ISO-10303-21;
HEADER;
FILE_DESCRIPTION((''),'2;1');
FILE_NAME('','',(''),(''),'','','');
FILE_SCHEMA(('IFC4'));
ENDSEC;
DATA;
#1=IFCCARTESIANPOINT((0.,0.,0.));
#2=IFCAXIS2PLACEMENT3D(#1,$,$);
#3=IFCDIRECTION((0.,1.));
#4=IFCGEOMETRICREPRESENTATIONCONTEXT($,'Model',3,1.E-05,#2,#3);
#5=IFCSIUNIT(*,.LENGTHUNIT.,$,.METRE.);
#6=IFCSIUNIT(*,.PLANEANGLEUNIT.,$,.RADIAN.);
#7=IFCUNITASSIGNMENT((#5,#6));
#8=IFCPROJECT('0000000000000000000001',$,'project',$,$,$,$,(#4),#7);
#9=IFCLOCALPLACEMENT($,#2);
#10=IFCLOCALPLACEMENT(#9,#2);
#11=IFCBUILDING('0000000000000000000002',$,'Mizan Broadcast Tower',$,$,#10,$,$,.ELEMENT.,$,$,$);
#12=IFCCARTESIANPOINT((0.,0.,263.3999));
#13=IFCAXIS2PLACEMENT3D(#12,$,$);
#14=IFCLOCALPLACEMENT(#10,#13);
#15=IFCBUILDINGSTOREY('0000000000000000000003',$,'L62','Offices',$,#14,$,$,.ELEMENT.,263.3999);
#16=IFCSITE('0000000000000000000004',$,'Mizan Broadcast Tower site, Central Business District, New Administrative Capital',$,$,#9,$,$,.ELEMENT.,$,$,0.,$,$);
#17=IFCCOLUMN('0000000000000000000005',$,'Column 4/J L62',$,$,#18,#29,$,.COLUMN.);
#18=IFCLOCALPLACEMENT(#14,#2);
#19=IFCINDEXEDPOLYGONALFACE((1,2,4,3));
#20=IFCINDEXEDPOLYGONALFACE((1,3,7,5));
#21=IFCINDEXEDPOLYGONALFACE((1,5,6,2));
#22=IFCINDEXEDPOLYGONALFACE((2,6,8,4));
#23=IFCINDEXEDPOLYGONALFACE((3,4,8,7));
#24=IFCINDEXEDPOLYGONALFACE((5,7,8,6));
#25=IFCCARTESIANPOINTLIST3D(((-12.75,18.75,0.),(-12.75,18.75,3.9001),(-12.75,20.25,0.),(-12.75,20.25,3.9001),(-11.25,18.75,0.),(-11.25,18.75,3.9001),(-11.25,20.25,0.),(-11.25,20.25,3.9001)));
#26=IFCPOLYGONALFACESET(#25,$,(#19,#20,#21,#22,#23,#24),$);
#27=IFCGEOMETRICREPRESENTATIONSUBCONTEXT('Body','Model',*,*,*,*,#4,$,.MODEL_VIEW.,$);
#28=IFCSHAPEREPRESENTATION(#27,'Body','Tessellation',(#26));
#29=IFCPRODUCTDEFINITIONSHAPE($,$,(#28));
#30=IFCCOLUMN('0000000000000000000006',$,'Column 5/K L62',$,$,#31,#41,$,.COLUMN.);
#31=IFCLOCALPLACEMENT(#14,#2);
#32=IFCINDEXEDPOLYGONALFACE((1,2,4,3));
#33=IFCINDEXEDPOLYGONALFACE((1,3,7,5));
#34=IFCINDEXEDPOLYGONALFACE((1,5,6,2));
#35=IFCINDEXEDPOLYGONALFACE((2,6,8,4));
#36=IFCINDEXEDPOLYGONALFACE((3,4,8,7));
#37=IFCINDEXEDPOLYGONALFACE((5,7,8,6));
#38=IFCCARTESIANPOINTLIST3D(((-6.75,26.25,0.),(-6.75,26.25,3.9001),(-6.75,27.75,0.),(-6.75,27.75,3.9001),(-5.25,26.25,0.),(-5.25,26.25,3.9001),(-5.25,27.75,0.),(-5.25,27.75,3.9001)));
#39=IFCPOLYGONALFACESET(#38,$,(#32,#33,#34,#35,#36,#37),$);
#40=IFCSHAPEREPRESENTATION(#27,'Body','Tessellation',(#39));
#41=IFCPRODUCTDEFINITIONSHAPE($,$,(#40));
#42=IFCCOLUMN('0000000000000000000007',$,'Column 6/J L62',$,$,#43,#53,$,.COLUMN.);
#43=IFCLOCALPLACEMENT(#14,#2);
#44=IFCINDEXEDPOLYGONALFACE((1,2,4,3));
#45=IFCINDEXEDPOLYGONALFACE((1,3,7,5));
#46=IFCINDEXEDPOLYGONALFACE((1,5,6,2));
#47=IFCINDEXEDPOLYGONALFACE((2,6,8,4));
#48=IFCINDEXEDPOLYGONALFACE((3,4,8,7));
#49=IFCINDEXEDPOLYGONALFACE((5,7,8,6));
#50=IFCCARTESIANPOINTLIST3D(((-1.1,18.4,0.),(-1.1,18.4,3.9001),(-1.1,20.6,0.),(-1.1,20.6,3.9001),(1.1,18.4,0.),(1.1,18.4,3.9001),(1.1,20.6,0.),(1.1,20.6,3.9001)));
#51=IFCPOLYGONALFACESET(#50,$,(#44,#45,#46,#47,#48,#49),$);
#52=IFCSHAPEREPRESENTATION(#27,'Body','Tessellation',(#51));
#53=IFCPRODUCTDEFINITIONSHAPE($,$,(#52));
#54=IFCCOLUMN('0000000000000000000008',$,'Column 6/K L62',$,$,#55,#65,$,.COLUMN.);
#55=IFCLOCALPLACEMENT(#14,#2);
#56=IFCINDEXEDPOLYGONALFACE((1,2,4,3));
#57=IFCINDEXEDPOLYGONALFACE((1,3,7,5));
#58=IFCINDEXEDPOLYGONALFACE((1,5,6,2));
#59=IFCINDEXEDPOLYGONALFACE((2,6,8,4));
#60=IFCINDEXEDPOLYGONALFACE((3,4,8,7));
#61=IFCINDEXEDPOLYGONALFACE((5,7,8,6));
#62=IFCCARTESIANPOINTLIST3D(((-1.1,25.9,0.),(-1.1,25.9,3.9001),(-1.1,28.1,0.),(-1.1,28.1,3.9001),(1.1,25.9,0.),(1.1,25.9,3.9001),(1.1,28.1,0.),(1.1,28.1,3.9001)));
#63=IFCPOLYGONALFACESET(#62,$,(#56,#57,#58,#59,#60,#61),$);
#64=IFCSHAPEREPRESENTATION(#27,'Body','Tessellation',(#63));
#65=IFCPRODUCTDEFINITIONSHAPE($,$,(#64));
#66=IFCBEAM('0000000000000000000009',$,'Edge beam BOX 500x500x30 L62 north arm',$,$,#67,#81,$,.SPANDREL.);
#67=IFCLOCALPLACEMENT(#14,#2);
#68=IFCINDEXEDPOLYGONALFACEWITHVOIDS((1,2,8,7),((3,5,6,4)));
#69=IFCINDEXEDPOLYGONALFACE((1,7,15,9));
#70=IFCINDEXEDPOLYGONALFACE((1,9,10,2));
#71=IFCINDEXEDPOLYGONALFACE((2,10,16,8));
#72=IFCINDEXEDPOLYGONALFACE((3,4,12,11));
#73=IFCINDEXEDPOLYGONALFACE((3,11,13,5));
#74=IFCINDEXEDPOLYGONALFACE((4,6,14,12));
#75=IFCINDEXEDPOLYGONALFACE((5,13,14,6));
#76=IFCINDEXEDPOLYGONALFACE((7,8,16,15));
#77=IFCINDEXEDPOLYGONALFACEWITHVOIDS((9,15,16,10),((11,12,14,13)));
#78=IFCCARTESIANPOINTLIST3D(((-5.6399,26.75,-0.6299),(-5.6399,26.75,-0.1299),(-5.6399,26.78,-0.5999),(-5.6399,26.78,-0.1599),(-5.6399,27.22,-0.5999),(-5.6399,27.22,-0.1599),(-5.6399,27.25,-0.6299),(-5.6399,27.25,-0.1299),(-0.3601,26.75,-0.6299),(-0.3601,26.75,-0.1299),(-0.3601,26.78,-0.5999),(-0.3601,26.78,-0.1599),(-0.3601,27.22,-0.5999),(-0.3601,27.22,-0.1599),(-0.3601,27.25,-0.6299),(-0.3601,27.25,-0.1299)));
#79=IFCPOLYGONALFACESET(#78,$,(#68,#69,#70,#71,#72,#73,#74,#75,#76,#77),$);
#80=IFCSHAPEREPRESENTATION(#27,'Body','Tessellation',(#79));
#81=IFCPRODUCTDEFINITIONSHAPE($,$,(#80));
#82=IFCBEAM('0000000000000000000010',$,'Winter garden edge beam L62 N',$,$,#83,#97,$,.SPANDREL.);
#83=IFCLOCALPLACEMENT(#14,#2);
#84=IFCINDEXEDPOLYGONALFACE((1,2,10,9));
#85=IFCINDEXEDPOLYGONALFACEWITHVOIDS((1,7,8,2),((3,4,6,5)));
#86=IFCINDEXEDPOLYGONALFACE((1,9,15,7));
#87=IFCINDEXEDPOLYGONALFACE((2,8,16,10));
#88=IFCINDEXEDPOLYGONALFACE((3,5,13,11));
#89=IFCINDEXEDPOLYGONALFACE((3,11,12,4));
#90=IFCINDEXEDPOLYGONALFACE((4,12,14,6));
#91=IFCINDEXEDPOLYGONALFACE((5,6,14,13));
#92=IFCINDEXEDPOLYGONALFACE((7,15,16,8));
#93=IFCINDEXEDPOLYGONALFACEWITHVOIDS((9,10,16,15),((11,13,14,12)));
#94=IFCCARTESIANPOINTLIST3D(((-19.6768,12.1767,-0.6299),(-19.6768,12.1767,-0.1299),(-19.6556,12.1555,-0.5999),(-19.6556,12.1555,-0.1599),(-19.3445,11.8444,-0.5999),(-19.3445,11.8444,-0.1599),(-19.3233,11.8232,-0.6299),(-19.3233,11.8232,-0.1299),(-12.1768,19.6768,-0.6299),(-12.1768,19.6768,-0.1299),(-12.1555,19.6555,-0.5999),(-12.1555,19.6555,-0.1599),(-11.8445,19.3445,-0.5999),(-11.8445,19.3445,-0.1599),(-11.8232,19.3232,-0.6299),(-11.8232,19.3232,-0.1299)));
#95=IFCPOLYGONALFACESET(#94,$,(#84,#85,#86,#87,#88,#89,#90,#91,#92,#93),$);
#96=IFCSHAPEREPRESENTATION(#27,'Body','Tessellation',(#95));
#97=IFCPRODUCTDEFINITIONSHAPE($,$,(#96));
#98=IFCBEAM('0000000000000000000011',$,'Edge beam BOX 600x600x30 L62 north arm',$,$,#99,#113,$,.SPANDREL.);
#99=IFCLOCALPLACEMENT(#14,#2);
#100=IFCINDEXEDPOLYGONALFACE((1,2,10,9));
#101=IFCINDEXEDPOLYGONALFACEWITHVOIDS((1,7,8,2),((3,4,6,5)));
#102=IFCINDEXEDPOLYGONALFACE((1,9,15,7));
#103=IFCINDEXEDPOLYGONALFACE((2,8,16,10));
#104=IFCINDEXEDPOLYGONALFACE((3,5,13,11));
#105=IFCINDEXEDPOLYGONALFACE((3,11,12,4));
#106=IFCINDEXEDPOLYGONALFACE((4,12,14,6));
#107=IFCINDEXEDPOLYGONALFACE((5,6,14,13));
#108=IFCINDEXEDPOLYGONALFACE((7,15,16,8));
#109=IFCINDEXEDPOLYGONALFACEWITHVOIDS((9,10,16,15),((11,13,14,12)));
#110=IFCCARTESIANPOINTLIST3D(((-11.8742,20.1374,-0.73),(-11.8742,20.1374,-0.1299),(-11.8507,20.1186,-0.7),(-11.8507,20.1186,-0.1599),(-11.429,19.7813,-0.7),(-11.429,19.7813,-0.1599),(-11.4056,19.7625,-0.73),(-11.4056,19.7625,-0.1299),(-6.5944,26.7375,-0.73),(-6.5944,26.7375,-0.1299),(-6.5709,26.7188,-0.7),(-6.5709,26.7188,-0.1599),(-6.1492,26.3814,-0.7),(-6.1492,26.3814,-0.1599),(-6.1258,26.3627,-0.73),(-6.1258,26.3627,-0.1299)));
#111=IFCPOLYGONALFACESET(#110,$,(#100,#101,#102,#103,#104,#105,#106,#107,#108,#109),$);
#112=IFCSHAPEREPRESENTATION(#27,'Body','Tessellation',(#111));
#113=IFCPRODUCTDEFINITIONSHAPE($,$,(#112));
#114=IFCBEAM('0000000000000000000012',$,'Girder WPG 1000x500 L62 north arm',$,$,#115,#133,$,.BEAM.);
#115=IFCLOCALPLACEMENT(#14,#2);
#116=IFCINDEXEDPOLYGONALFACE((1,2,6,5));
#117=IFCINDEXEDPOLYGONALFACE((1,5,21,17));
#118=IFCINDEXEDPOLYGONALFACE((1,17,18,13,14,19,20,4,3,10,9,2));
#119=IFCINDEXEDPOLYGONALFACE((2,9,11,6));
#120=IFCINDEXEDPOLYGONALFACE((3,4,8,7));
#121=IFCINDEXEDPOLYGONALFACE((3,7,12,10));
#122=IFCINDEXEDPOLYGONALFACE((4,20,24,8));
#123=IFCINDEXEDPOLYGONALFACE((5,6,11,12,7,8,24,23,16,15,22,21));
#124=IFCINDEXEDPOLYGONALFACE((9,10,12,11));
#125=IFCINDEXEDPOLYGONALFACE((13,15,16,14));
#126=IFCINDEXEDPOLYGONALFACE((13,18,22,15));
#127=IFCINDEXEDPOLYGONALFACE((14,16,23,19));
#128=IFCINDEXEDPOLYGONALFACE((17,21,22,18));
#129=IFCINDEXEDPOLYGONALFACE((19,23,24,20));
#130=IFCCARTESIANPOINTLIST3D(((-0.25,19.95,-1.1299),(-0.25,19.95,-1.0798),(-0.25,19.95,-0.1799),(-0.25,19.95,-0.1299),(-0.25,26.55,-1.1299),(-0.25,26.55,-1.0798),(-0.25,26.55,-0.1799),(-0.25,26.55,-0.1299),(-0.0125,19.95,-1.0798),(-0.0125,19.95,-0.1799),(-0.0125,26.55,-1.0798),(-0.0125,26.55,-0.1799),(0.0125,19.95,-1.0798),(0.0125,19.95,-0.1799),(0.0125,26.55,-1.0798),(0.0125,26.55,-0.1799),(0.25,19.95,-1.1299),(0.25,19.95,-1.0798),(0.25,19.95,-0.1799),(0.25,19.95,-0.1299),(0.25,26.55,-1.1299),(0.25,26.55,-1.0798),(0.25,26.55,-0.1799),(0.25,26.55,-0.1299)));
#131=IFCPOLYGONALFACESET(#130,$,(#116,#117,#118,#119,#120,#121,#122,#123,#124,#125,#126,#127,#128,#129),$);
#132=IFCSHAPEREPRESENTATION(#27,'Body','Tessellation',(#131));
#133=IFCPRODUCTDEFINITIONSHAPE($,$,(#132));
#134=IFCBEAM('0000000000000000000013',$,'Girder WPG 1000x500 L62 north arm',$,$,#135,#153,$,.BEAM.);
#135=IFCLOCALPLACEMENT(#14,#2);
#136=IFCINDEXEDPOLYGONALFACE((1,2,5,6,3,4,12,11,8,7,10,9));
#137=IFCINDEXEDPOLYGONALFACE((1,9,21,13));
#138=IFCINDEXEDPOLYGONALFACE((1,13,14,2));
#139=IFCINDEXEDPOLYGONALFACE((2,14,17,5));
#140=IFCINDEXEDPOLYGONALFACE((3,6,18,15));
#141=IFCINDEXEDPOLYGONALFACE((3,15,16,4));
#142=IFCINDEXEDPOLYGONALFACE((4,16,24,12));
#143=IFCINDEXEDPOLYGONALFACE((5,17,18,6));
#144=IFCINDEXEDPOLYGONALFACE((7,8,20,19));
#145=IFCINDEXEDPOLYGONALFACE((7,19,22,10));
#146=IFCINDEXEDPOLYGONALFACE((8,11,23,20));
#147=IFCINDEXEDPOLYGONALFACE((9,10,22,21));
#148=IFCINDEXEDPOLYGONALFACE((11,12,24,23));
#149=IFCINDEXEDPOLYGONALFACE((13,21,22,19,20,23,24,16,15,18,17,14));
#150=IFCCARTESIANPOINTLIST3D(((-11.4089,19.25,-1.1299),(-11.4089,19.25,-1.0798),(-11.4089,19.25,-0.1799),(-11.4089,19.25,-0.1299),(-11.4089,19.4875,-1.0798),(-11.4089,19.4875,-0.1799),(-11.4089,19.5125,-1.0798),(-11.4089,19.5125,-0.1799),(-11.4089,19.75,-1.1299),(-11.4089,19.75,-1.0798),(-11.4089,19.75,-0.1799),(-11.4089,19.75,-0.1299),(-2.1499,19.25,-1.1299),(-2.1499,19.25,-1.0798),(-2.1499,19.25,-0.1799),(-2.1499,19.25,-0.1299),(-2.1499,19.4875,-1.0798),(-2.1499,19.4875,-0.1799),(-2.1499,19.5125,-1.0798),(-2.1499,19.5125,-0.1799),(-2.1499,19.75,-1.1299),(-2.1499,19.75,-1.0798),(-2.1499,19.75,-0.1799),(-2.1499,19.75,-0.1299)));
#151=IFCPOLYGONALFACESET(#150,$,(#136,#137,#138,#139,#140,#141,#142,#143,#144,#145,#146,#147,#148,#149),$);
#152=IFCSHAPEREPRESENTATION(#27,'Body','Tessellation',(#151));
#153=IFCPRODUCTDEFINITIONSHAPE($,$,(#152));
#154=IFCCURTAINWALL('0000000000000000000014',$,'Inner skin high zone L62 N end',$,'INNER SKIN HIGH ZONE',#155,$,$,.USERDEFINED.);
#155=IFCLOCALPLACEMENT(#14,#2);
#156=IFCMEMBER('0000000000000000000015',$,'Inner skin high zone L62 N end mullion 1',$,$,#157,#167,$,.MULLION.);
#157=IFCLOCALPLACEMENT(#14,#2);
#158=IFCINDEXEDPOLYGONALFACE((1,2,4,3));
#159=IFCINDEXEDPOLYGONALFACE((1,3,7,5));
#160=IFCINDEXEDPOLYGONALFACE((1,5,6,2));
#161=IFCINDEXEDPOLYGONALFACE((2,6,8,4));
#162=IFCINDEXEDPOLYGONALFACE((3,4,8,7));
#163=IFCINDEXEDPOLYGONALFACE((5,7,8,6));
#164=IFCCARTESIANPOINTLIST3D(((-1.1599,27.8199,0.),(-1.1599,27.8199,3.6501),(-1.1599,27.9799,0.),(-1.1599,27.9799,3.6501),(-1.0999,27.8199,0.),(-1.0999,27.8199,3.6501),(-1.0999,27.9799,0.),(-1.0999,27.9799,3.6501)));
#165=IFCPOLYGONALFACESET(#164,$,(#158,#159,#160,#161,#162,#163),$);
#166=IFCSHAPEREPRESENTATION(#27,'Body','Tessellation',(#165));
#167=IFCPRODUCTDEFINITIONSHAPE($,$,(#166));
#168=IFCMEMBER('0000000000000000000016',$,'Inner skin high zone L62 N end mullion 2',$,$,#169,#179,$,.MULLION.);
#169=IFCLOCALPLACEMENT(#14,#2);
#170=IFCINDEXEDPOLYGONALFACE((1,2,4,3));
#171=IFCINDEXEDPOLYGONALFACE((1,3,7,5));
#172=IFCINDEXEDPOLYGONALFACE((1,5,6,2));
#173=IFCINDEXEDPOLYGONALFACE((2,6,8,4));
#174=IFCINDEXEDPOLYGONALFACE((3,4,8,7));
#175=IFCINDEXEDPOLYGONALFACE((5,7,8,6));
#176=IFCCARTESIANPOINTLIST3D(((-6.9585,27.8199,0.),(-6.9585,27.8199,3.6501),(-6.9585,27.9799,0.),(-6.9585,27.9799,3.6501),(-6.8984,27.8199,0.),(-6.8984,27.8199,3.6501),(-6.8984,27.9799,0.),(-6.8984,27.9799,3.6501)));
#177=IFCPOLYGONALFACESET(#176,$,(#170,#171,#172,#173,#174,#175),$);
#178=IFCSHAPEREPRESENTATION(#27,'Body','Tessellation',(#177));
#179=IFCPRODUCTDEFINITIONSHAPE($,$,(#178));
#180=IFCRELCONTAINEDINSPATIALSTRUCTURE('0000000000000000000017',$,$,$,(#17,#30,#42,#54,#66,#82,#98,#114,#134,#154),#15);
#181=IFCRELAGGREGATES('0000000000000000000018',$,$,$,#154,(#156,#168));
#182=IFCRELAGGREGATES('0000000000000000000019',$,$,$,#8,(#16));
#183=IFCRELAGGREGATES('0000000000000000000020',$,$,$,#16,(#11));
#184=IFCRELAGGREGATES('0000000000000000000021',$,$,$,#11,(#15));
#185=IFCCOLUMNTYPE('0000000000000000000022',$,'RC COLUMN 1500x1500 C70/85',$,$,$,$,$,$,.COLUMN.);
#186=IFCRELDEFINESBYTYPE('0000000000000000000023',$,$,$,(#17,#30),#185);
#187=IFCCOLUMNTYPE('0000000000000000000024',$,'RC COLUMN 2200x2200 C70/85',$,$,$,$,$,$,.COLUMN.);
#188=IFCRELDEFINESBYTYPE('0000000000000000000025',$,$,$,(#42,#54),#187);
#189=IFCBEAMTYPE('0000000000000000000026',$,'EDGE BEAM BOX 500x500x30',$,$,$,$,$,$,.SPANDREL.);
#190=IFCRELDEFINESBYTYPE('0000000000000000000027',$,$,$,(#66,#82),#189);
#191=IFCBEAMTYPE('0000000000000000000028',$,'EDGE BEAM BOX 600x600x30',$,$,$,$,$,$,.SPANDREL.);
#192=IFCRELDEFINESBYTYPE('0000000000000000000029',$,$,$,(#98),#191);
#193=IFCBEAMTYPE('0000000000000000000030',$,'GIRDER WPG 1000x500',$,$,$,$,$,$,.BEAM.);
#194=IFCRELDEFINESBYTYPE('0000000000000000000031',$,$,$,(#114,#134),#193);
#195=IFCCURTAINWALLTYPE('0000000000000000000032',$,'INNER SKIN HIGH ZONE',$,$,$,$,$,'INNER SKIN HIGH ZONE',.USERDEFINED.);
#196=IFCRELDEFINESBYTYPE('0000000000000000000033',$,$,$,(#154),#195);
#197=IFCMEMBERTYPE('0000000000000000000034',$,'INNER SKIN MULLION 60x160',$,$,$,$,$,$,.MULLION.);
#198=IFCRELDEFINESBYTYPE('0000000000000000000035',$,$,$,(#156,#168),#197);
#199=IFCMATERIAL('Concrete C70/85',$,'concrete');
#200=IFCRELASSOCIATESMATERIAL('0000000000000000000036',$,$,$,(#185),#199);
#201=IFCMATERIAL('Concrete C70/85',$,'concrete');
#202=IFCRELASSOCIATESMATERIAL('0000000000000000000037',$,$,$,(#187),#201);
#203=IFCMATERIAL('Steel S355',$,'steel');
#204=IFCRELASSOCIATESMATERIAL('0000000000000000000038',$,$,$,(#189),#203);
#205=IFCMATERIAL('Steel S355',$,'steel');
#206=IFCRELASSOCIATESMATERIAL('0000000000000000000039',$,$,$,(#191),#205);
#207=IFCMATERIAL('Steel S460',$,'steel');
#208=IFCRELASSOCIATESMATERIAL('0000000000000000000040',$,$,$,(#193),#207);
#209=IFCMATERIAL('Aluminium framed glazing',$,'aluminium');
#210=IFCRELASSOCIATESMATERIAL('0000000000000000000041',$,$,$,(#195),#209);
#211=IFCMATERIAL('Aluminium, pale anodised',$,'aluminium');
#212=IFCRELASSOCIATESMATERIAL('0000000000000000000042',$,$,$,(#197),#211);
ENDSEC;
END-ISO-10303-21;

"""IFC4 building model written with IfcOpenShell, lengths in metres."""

from ifc_helpers import new_model, si_unit, direction, frame, origin, origin_2d, place, context, subcontext, project, spatial, rectangle, hollow_rectangle, i_section, extrude, material, material_profile, profile_set, type_object, element, aggregate, save


model = new_model("IFC4")

# Units and contexts
model_context = context("Model", 3, precision=1e-05, world=origin(), true_north=direction((0.0, 1.0)))
body_context = subcontext(model_context, "Body", "Model", "MODEL_VIEW")
ifc_project = project(units=[si_unit("LENGTHUNIT", "METRE"), si_unit("PLANEANGLEUNIT", "RADIAN")], contexts=[model_context])

# Site, building, storey
site_placement = place(None, origin())
site = spatial("IfcSite", under=ifc_project, at=site_placement, Name="Mizan Broadcast Tower site, Central Business District, New Administrative Capital", CompositionType="ELEMENT", RefElevation=0.0)
building_placement = place(site_placement, origin())
building = spatial("IfcBuilding", under=site, at=building_placement, Name="Mizan Broadcast Tower", CompositionType="ELEMENT")
storey_placement = place(building_placement, frame((0.0, 0.0, 263.3999)))
storey = spatial("IfcBuildingStorey", under=building, at=storey_placement, Name="L62", Description="Offices", CompositionType="ELEMENT", Elevation=263.3999)

# Columns
ifc_material_1 = material(Name="Concrete C70/85", Category="concrete")
ifc_material_profile_1 = material_profile(ifc_material_1, rectangle(XDim=1.5, YDim=1.5, at=origin_2d()), Name="RC 1500x1500")
ifc_profile_set_1 = profile_set([ifc_material_profile_1], Name="Concrete C70/85")
column_type_1 = type_object("IfcColumnType", Name="RC COLUMN 1500x1500 C70/85", PredefinedType="COLUMN", material=ifc_profile_set_1)
for number, where, z_axis, x_axis, name in (
    (1, (-12.0, 19.5, 0.0), (0.0, 0.0, 1.0), (1.0, 0.0, 0.0), "Column 4/J L62"),
    (2, (-6.0, 27.0, 0.0), (0.0, 0.0, 1.0), (1.0, 0.0, 0.0), "Column 5/K L62"),
):
    element("IfcColumn", number, at=place(storey_placement, frame(where, z_axis=z_axis, x_axis=x_axis)), inside=storey, type_object=column_type_1, Name=name, PredefinedType="COLUMN", context=body_context, shape_type="SweptSolid", body=[
        extrude(rectangle(XDim=1.5, YDim=1.5, at=origin_2d()), origin(), (0.0, 0.0, 1.0), 3.9001),
    ])
ifc_material_2 = material(Name="Concrete C70/85", Category="concrete")
ifc_material_profile_2 = material_profile(ifc_material_2, rectangle(XDim=2.2, YDim=2.2, at=origin_2d()), Name="RC 2200x2200")
ifc_profile_set_2 = profile_set([ifc_material_profile_2], Name="Concrete C70/85")
column_type_2 = type_object("IfcColumnType", Name="RC COLUMN 2200x2200 C70/85", PredefinedType="COLUMN", material=ifc_profile_set_2)
for number, where, z_axis, x_axis, name in (
    (3, (0.0, 19.5, 0.0), (0.0, 0.0, 1.0), (1.0, 0.0, 0.0), "Column 6/J L62"),
    (4, (0.0, 27.0, 0.0), (0.0, 0.0, 1.0), (1.0, 0.0, 0.0), "Column 6/K L62"),
):
    element("IfcColumn", number, at=place(storey_placement, frame(where, z_axis=z_axis, x_axis=x_axis)), inside=storey, type_object=column_type_2, Name=name, PredefinedType="COLUMN", context=body_context, shape_type="SweptSolid", body=[
        extrude(rectangle(XDim=2.2, YDim=2.2, at=origin_2d()), origin(), (0.0, 0.0, 1.0), 3.9001),
    ])

# Beams
ifc_material_3 = material(Name="Steel S355", Category="steel")
ifc_material_profile_3 = material_profile(ifc_material_3, hollow_rectangle(XDim=0.5, YDim=0.5, WallThickness=0.03, at=origin_2d()), Name="BOX 500x500x30")
ifc_profile_set_3 = profile_set([ifc_material_profile_3], Name="Steel S355")
beam_type_1 = type_object("IfcBeamType", Name="EDGE BEAM BOX 500x500x30", PredefinedType="SPANDREL", material=ifc_profile_set_3)
beam_1_placement = place(storey_placement, frame((-5.6399, 27.0, -0.3799), z_axis=(1.0, 0.0, 0.0), x_axis=(0.0, 1.0, 0.0)))
element("IfcBeam", 5, at=beam_1_placement, inside=storey, type_object=beam_type_1, Name="Edge beam BOX 500x500x30 L62 north arm", PredefinedType="SPANDREL", context=body_context, shape_type="SweptSolid", body=[
    extrude(hollow_rectangle(XDim=0.5, YDim=0.5, WallThickness=0.03, at=origin_2d()), origin(), (0.0, 0.0, 1.0), 5.2798),
])
beam_2_placement = place(storey_placement, frame((-12.0, 19.5, -0.3799), z_axis=(-0.707107, -0.707107, 0.0), x_axis=(0.707107, -0.707107, 0.0)))
element("IfcBeam", 6, at=beam_2_placement, inside=storey, type_object=beam_type_1, Name="Winter garden edge beam L62 N", PredefinedType="SPANDREL", context=body_context, shape_type="SweptSolid", body=[
    extrude(hollow_rectangle(XDim=0.5, YDim=0.5, WallThickness=0.03, at=origin_2d()), origin(), (0.0, 0.0, 1.0), 10.6067),
])
ifc_material_4 = material(Name="Steel S355", Category="steel")
ifc_material_profile_4 = material_profile(ifc_material_4, hollow_rectangle(XDim=0.6001, YDim=0.6001, WallThickness=0.03, at=origin_2d()), Name="BOX 600x600x30")
ifc_profile_set_4 = profile_set([ifc_material_profile_4], Name="Steel S355")
beam_type_2 = type_object("IfcBeamType", Name="EDGE BEAM BOX 600x600x30", PredefinedType="SPANDREL", material=ifc_profile_set_4)
beam_3_placement = place(storey_placement, frame((-11.6399, 19.95, -0.4299), z_axis=(0.624674, 0.780886, 0.0), x_axis=(-0.780886, 0.624674, 0.0)))
element("IfcBeam", 7, at=beam_3_placement, inside=storey, type_object=beam_type_2, Name="Edge beam BOX 600x600x30 L62 north arm", PredefinedType="SPANDREL", context=body_context, shape_type="SweptSolid", body=[
    extrude(hollow_rectangle(XDim=0.6001, YDim=0.6001, WallThickness=0.03, at=origin_2d()), origin(), (0.0, 0.0, 1.0), 8.4521),
])
ifc_material_5 = material(Name="Steel S460", Category="steel")
ifc_material_profile_5 = material_profile(ifc_material_5, i_section(OverallWidth=0.5, OverallDepth=1.0, WebThickness=0.0249, FlangeThickness=0.05, at=origin_2d()), Name="WPG 1000x500")
ifc_profile_set_5 = profile_set([ifc_material_profile_5], Name="Steel S460")
beam_type_3 = type_object("IfcBeamType", Name="GIRDER WPG 1000x500", PredefinedType="BEAM", material=ifc_profile_set_5)
beam_4_placement = place(storey_placement, frame((0.0, 19.95, -0.6299), z_axis=(0.0, 1.0, 0.0), x_axis=(-1.0, 0.0, 0.0)))
element("IfcBeam", 8, at=beam_4_placement, inside=storey, type_object=beam_type_3, Name="Girder WPG 1000x500 L62 north arm", PredefinedType="BEAM", context=body_context, shape_type="SweptSolid", body=[
    extrude(i_section(OverallWidth=0.5, OverallDepth=1.0, WebThickness=0.0249, FlangeThickness=0.05, at=origin_2d()), origin(), (0.0, 0.0, 1.0), 6.6001),
])
beam_5_placement = place(storey_placement, frame((-11.4089, 19.5, -0.6299), z_axis=(1.0, 0.0, 0.0), x_axis=(0.0, 1.0, 0.0)))
element("IfcBeam", 9, at=beam_5_placement, inside=storey, type_object=beam_type_3, Name="Girder WPG 1000x500 L62 north arm", PredefinedType="BEAM", context=body_context, shape_type="SweptSolid", body=[
    extrude(i_section(OverallWidth=0.5, OverallDepth=1.0, WebThickness=0.0249, FlangeThickness=0.05, at=origin_2d()), origin(), (0.0, 0.0, 1.0), 9.259),
])

# Curtain wall, members
ifc_material_6 = material(Name="Aluminium framed glazing", Category="aluminium")
curtain_wall_type_1 = type_object("IfcCurtainWallType", Name="INNER SKIN HIGH ZONE", ElementType="INNER SKIN HIGH ZONE", PredefinedType="USERDEFINED", material=ifc_material_6)
curtain_wall_1_placement = place(storey_placement, origin())
curtain_wall_1 = element("IfcCurtainWall", 10, at=curtain_wall_1_placement, inside=storey, type_object=curtain_wall_type_1, Name="Inner skin high zone L62 N end", ObjectType="INNER SKIN HIGH ZONE", PredefinedType="USERDEFINED")
ifc_material_7 = material(Name="Aluminium, pale anodised", Category="aluminium")
ifc_material_profile_6 = material_profile(ifc_material_7, rectangle(XDim=0.1599, YDim=0.0601, at=origin_2d()), Name="MULLION 160x60")
ifc_profile_set_6 = profile_set([ifc_material_profile_6], Name="Aluminium, pale anodised")
member_type_1 = type_object("IfcMemberType", Name="INNER SKIN MULLION 60x160", PredefinedType="MULLION", material=ifc_profile_set_6)
member_1_placement = place(storey_placement, frame((-1.1299, 27.8999, 0.0), z_axis=(0.0, 0.0, 1.0), x_axis=(0.0, -1.0, 0.0)))
member_1 = element("IfcMember", 11, at=member_1_placement, type_object=member_type_1, Name="Inner skin high zone L62 N end mullion 1", PredefinedType="MULLION", context=body_context, shape_type="SweptSolid", body=[
    extrude(rectangle(XDim=0.1599, YDim=0.0601, at=origin_2d()), origin(), (0.0, 0.0, 1.0), 3.6501),
])
member_2_placement = place(storey_placement, frame((-6.9285, 27.8999, 0.0), z_axis=(0.0, 0.0, 1.0), x_axis=(0.0, -1.0, 0.0)))
member_2 = element("IfcMember", 12, at=member_2_placement, type_object=member_type_1, Name="Inner skin high zone L62 N end mullion 2", PredefinedType="MULLION", context=body_context, shape_type="SweptSolid", body=[
    extrude(rectangle(XDim=0.1599, YDim=0.0601, at=origin_2d()), origin(), (0.0, 0.0, 1.0), 3.6501),
])

aggregate(curtain_wall_1, [member_1, member_2])

save(model, "model.ifc")
